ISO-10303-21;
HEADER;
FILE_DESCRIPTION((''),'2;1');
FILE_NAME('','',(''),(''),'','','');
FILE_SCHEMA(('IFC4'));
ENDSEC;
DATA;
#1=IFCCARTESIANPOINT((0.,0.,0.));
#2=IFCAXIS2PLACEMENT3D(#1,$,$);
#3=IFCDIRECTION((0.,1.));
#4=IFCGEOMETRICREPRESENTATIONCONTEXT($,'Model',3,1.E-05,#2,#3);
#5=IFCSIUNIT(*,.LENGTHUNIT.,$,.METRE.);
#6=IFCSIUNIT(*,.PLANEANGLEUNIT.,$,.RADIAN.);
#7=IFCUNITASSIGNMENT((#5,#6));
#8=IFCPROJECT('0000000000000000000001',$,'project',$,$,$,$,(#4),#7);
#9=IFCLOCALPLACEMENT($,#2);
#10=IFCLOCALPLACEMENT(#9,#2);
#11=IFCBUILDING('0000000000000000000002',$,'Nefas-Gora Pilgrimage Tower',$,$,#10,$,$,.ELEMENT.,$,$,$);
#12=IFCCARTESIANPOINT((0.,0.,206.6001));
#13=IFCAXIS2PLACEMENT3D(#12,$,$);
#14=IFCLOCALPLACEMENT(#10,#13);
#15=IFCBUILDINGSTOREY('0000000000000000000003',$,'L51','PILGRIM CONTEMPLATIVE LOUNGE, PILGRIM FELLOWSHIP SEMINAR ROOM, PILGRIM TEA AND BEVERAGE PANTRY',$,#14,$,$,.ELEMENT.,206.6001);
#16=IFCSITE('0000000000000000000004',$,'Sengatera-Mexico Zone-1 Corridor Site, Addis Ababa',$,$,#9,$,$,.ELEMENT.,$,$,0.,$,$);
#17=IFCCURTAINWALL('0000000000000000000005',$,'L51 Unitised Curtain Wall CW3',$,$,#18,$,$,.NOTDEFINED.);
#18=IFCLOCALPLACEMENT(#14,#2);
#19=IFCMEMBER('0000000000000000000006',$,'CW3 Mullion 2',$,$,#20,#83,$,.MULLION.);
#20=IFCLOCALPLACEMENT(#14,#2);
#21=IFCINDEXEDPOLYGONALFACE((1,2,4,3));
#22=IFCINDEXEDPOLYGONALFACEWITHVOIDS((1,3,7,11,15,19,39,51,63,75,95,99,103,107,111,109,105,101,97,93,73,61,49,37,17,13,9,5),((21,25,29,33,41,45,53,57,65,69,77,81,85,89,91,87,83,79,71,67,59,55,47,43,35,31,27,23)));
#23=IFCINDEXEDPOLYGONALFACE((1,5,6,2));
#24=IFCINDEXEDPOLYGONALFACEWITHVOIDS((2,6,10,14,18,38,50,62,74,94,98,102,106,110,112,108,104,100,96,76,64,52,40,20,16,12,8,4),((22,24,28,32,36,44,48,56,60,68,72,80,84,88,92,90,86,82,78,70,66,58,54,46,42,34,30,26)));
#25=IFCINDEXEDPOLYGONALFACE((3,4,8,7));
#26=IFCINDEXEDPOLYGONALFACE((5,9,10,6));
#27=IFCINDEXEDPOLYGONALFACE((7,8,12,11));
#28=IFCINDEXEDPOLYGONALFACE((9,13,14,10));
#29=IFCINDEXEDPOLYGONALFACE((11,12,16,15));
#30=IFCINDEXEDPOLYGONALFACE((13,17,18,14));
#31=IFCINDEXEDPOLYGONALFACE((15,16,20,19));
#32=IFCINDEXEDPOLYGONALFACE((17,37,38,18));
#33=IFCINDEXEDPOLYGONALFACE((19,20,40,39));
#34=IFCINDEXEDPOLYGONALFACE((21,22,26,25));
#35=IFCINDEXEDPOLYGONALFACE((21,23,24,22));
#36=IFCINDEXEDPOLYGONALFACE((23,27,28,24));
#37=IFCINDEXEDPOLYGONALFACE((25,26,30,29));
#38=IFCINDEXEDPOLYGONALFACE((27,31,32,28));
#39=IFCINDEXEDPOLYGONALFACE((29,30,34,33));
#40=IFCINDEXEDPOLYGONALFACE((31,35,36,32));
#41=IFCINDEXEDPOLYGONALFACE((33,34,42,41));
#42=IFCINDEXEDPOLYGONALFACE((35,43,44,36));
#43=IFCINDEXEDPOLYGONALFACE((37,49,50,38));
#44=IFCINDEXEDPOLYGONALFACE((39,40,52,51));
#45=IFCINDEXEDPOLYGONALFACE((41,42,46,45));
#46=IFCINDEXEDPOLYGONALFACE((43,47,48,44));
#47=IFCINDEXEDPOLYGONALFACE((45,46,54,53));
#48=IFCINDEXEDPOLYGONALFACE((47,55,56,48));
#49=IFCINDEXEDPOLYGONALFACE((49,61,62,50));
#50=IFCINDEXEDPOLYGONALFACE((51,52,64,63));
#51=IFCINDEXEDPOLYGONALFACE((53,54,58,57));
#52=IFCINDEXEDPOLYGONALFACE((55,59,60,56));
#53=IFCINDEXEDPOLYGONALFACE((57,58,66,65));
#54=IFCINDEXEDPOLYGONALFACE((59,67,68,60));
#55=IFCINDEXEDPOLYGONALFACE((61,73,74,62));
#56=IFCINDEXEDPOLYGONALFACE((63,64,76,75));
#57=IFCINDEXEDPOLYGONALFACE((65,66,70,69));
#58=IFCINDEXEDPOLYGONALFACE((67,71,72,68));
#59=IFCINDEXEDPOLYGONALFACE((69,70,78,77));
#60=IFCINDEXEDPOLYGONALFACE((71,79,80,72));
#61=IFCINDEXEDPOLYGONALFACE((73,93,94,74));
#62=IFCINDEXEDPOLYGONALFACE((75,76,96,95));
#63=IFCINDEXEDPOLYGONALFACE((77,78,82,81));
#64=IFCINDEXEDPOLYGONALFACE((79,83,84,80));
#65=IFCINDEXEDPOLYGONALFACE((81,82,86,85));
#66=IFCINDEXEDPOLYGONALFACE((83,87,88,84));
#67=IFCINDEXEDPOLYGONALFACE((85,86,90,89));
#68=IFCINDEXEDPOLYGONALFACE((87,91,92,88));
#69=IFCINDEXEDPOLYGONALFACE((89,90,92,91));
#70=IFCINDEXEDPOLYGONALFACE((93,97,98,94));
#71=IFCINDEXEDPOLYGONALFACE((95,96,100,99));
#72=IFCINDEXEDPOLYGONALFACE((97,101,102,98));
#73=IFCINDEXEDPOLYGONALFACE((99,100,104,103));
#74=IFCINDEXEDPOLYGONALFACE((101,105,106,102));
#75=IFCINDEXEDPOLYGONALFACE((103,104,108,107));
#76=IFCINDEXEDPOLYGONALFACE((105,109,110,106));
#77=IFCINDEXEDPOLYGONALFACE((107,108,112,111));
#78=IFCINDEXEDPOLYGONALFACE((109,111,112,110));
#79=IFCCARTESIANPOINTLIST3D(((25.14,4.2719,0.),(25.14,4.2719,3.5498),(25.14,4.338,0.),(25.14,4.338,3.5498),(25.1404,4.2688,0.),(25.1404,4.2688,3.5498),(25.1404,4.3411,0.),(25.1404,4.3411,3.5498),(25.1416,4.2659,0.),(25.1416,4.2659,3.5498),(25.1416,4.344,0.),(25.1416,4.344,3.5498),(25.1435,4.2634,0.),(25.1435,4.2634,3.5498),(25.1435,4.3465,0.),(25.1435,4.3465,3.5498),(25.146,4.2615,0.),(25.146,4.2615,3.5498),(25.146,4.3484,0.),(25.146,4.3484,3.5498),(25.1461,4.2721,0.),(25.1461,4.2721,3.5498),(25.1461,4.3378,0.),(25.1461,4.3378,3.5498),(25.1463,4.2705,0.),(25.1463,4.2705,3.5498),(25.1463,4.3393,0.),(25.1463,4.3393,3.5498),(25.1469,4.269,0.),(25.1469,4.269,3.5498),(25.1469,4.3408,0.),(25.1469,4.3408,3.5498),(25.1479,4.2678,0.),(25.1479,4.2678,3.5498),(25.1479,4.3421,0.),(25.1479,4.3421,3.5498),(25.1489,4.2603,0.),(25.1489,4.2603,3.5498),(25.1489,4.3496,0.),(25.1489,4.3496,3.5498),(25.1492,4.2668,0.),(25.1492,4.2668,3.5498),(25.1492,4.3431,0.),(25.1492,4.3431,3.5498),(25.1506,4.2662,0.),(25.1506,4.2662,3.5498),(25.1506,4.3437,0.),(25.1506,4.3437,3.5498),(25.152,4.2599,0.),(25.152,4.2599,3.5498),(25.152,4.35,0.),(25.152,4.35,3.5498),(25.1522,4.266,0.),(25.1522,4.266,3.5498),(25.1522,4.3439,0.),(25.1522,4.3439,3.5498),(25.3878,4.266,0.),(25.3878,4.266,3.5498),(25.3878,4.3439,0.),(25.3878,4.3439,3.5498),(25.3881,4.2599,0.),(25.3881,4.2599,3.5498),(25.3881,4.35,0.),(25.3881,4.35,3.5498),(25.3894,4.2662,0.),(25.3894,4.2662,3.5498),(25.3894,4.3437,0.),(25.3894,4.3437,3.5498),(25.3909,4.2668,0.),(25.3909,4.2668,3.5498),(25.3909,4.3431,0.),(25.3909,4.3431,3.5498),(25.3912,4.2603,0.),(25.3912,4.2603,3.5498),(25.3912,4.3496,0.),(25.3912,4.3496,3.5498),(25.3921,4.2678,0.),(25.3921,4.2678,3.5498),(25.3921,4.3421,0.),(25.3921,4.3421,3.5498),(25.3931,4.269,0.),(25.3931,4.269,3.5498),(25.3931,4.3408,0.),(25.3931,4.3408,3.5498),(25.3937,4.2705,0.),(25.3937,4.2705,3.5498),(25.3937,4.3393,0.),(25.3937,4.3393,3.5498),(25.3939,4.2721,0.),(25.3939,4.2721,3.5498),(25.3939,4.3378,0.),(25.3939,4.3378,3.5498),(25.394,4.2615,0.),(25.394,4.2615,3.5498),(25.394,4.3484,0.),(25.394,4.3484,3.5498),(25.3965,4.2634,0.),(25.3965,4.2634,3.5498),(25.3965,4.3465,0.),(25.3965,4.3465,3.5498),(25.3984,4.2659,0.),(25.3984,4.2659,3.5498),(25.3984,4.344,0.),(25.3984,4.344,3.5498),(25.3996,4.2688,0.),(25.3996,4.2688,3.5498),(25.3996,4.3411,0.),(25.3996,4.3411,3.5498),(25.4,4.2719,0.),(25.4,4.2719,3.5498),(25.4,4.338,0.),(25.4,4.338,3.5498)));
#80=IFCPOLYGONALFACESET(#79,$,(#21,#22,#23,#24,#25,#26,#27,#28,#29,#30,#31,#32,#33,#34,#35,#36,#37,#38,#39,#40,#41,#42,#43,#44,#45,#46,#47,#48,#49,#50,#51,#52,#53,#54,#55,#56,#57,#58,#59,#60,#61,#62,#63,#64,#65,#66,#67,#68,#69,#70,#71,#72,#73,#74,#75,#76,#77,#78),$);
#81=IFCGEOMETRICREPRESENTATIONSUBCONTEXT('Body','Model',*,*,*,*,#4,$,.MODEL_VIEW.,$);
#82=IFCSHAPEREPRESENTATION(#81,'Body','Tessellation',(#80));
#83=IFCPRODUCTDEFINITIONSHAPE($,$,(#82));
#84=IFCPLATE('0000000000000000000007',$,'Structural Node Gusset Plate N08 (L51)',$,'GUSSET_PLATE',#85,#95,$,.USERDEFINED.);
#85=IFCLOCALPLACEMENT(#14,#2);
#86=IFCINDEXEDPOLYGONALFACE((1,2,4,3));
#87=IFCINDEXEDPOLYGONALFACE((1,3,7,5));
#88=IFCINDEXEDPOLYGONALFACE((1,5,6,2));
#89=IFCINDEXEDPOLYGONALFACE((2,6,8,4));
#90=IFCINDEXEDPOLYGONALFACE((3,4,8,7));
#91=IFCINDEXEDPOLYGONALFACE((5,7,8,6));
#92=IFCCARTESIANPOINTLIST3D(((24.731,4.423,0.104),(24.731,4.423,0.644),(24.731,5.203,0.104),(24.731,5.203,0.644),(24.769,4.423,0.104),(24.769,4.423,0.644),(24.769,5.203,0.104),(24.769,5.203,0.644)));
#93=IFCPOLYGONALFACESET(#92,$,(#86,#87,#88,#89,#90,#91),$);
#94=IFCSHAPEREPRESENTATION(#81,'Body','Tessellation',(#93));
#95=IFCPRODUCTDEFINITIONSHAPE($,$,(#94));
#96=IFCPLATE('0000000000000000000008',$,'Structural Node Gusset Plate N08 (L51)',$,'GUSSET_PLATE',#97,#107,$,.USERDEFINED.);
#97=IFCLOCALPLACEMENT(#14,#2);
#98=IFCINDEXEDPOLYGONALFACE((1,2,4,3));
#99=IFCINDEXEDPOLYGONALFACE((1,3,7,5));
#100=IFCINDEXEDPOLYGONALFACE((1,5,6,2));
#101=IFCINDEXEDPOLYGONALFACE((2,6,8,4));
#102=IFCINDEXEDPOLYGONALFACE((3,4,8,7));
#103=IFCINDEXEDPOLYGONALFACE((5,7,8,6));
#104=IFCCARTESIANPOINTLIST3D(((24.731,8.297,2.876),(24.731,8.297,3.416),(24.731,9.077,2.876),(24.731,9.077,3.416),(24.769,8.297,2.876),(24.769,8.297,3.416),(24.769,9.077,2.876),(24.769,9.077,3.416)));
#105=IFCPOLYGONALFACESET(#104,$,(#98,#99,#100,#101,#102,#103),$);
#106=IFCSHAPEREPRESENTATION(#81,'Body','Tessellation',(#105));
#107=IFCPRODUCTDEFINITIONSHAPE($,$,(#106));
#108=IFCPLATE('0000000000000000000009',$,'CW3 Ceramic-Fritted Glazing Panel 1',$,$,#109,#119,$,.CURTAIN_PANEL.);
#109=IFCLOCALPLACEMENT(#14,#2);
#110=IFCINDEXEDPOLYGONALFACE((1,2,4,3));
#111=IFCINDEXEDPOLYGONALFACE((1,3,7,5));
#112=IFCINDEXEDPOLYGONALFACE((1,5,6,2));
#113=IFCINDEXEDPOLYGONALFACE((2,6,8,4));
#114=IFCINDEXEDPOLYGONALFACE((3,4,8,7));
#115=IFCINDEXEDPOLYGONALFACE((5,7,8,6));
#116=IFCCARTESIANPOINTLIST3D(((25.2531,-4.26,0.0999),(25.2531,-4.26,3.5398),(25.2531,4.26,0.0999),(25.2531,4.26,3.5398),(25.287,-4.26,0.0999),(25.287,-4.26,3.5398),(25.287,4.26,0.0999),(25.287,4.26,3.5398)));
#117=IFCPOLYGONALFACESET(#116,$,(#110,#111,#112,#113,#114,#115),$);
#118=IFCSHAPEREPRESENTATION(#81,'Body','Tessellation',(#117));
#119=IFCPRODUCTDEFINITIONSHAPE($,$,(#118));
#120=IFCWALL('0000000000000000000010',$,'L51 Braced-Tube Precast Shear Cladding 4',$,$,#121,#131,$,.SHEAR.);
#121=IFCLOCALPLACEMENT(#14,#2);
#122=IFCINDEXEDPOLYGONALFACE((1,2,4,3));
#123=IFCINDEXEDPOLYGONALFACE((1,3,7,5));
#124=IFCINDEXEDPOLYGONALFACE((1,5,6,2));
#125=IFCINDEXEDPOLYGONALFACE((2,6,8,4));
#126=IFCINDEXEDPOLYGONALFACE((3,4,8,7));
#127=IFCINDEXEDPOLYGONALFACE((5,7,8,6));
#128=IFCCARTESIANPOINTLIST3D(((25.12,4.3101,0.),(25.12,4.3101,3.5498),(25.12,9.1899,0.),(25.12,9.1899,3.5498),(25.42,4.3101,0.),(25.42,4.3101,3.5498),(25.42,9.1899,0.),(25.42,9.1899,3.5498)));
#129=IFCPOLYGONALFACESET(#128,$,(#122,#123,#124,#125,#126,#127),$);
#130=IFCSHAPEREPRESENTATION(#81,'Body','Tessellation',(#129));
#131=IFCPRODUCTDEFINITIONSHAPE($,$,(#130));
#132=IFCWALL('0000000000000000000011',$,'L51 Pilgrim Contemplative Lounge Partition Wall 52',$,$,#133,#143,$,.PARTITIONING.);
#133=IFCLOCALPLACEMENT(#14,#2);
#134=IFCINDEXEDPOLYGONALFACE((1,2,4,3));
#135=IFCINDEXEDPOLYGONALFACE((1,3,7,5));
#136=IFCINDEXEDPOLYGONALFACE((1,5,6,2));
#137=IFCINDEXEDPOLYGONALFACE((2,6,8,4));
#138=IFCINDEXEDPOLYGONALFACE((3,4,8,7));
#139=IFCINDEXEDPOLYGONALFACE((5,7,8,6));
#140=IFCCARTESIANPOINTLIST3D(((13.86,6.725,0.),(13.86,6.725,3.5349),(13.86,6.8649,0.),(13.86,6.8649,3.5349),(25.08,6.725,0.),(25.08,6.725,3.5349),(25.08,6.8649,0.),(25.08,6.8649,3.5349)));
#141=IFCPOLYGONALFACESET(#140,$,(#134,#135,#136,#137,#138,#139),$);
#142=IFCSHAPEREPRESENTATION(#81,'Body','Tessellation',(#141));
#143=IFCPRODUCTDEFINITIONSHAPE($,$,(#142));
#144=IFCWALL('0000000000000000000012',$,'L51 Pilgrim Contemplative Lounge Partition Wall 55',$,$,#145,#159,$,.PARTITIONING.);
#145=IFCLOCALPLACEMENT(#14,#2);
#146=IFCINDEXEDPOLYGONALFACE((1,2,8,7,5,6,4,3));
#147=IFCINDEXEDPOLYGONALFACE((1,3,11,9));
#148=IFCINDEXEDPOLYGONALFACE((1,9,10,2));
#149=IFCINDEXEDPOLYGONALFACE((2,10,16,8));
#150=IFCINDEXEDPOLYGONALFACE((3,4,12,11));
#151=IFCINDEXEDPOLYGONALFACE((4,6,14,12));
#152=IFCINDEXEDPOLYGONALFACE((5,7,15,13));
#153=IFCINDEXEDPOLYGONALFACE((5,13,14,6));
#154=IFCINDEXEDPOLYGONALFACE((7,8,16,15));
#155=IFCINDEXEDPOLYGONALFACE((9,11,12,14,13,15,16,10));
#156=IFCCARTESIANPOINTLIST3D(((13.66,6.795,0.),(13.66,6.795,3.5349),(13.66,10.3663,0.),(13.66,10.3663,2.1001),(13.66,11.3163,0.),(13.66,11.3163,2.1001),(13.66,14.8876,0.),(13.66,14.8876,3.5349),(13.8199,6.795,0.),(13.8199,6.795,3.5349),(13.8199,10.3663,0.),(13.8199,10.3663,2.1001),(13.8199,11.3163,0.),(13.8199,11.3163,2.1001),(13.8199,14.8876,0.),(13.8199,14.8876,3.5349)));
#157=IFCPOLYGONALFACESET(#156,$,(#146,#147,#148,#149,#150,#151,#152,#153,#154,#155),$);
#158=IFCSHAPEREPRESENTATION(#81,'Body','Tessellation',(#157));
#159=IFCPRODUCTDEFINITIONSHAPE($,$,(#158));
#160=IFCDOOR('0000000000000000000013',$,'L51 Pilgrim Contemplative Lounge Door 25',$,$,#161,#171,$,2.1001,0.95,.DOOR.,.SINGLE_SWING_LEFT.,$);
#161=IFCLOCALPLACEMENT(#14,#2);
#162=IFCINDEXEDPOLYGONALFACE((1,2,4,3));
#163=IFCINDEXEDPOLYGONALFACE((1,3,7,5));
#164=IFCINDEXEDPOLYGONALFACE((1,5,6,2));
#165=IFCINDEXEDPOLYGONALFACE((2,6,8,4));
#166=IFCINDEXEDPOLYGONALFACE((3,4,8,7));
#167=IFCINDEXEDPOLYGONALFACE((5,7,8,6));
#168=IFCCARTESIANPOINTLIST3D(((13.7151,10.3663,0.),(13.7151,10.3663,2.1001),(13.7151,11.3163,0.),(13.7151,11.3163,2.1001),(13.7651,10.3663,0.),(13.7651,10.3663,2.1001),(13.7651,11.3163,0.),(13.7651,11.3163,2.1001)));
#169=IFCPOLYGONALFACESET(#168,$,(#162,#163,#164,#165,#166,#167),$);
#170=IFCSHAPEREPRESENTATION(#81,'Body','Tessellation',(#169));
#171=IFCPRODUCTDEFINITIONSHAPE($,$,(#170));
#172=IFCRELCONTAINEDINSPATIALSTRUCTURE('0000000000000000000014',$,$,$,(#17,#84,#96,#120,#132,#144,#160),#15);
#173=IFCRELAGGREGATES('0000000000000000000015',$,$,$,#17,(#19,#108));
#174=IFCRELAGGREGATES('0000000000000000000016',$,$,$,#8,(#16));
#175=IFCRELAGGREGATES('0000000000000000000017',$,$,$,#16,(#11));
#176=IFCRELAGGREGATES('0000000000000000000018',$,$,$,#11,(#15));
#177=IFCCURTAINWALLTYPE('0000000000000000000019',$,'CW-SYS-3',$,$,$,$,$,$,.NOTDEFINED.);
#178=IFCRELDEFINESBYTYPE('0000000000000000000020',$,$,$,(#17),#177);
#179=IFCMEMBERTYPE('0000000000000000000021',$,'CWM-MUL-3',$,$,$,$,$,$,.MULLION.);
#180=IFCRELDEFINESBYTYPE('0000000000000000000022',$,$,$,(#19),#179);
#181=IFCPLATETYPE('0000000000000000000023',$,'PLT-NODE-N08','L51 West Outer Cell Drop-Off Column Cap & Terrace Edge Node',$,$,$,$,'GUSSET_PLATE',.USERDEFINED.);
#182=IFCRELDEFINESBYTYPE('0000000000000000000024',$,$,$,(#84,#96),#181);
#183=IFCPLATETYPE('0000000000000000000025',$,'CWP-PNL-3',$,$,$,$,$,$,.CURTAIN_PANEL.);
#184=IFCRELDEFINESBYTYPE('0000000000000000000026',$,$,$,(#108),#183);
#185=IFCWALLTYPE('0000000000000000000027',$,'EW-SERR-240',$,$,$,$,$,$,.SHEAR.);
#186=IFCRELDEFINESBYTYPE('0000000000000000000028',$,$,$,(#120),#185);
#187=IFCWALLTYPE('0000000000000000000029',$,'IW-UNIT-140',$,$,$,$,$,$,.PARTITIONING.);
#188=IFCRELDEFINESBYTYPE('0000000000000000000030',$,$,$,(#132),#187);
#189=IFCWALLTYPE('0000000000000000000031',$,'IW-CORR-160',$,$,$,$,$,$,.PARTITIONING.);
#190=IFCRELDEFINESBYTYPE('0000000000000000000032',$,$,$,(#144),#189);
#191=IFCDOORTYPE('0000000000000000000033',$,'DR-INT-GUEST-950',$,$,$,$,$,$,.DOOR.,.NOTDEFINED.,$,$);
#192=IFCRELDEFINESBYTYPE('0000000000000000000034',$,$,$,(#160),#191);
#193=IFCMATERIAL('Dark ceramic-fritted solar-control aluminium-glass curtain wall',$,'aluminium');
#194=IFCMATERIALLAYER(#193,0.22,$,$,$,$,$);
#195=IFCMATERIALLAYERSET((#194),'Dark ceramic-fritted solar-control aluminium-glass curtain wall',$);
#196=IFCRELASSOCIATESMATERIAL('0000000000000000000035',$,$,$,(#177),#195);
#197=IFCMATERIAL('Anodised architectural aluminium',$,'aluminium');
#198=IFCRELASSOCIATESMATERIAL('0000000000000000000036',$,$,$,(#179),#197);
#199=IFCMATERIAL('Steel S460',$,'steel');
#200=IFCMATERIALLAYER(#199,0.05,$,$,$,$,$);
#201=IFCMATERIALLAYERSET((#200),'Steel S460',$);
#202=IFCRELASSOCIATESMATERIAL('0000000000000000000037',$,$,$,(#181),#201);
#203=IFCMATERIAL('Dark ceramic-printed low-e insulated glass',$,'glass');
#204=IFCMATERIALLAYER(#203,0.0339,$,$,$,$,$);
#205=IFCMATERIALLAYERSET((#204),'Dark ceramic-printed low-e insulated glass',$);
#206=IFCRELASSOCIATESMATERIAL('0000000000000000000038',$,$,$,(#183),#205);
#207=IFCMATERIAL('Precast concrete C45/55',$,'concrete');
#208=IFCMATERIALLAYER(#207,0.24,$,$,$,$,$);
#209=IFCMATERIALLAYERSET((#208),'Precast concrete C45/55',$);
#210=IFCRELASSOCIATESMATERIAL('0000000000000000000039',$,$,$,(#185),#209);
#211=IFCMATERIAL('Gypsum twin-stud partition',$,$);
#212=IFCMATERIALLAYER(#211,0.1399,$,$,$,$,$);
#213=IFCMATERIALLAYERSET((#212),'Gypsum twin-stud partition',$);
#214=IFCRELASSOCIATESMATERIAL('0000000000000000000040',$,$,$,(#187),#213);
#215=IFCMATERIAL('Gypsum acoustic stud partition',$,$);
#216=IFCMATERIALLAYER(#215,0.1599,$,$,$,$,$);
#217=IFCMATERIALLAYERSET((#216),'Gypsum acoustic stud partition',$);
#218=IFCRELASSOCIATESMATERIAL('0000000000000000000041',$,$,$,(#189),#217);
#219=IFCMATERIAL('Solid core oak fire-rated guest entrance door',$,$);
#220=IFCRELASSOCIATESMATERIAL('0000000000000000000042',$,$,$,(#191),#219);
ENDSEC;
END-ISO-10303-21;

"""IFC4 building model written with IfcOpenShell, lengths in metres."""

from ifc_helpers import new_model, si_unit, direction, frame, frame_2d, origin, origin_2d, place, context, subcontext, project, spatial, rectangle, hollow_rectangle, extrude, source, transform, mapped, material, layer, layer_set, material_profile, profile_set, type_object, element, fill, aggregate, save


model = new_model("IFC4")

# Units and contexts
model_context = context("Model", 3, precision=1e-05, world=origin(), true_north=direction((0.0, 1.0)))
body_context = subcontext(model_context, "Body", "Model", "MODEL_VIEW")
ifc_project = project(units=[si_unit("LENGTHUNIT", "METRE"), si_unit("PLANEANGLEUNIT", "RADIAN")], contexts=[model_context])

# Site, building, storey
site_placement = place(None, origin())
site = spatial("IfcSite", under=ifc_project, at=site_placement, Name="Sengatera-Mexico Zone-1 Corridor Site, Addis Ababa", CompositionType="ELEMENT", RefElevation=0.0)
building_placement = place(site_placement, origin())
building = spatial("IfcBuilding", under=site, at=building_placement, Name="Nefas-Gora Pilgrimage Tower", CompositionType="ELEMENT")
storey_placement = place(building_placement, frame((0.0, 0.0, 206.6001)))
storey = spatial("IfcBuildingStorey", under=building, at=storey_placement, Name="L51", Description="PILGRIM CONTEMPLATIVE LOUNGE, PILGRIM FELLOWSHIP SEMINAR ROOM, PILGRIM TEA AND BEVERAGE PANTRY", CompositionType="ELEMENT", Elevation=206.6001)

# Shared definitions
ifc_material_1 = material(Name="Steel S460", Category="steel")

# Curtain wall, member
ifc_material_2 = material(Name="Dark ceramic-fritted solar-control aluminium-glass curtain wall", Category="aluminium")
ifc_layer_1 = layer(ifc_material_2, 0.22)
ifc_layer_set_1 = layer_set([ifc_layer_1], Name="Dark ceramic-fritted solar-control aluminium-glass curtain wall")
curtain_wall_type = type_object("IfcCurtainWallType", Name="CW-SYS-3", PredefinedType="NOTDEFINED", material=ifc_layer_set_1)
curtain_wall_placement = place(storey_placement, origin())
curtain_wall = element("IfcCurtainWall", 1, at=curtain_wall_placement, inside=storey, type_object=curtain_wall_type, Name="L51 Unitised Curtain Wall CW3", PredefinedType="NOTDEFINED")
ifc_material_3 = material(Name="Anodised architectural aluminium", Category="aluminium")
ifc_material_profile_1 = material_profile(ifc_material_3, hollow_rectangle(XDim=0.0901, YDim=0.26, WallThickness=0.0061, InnerFilletRadius=0.0061, OuterFilletRadius=0.012, at=origin_2d()), Name="ALU MULLION 90x260")
ifc_profile_set_1 = profile_set([ifc_material_profile_1], Name="Anodised architectural aluminium")
member_type_1 = type_object("IfcMemberType", Name="CWM-MUL-3", PredefinedType="MULLION", material=ifc_profile_set_1)
shared_shape_1 = source(origin(), body_context, "Body", "SweptSolid", [
    extrude(hollow_rectangle(XDim=0.0901, YDim=0.26, WallThickness=0.0061, InnerFilletRadius=0.0061, OuterFilletRadius=0.012, at=origin_2d()), origin(), (0.0, 0.0, 1.0), 3.5498),
])
member_1_placement = place(storey_placement, frame((25.27, 4.3049, 0.0), z_axis=(0.0, 0.0, 1.0), x_axis=(0.0, 1.0, 0.0)))
member_1 = element("IfcMember", 2, at=member_1_placement, type_object=member_type_1, Name="CW3 Mullion 2", PredefinedType="MULLION", context=body_context, shape_type="MappedRepresentation", body=[
    mapped(shared_shape_1, transform((0.0, 0.0, 0.0), x_axis=(1.0, 0.0, 0.0), y_axis=(0.0, 1.0, 0.0), z_axis=(0.0, 0.0, 1.0), scale=1.0)),
])

# Plates
ifc_layer_2 = layer(ifc_material_1, 0.05)
ifc_layer_set_2 = layer_set([ifc_layer_2], Name="Steel S460")
plate_type_1 = type_object("IfcPlateType", Name="PLT-NODE-N08", Description="L51 West Outer Cell Drop-Off Column Cap & Terrace Edge Node", ElementType="GUSSET_PLATE", PredefinedType="USERDEFINED", material=ifc_layer_set_2)
shared_shape_2 = source(origin(), body_context, "Body", "SweptSolid", [
    extrude(rectangle(XDim=0.78, YDim=0.0381, at=origin_2d()), origin(), (0.0, 0.0, 1.0), 0.54),
])
for number, where, z_axis, x_axis, name in (
    (3, (24.75, 4.813, 0.104), (0.0, 0.0, 1.0), (0.0, 1.0, 0.0), "Structural Node Gusset Plate N08 (L51)"),
    (4, (24.75, 8.687, 2.876), (0.0, 0.0, 1.0), (0.0, 1.0, 0.0), "Structural Node Gusset Plate N08 (L51)"),
):
    element("IfcPlate", number, at=place(storey_placement, frame(where, z_axis=z_axis, x_axis=x_axis)), inside=storey, type_object=plate_type_1, Name=name, ObjectType="GUSSET_PLATE", PredefinedType="USERDEFINED", context=body_context, shape_type="MappedRepresentation", body=[
        mapped(shared_shape_2, transform((0.0, 0.0, 0.0), x_axis=(1.0, 0.0, 0.0), y_axis=(0.0, 1.0, 0.0), z_axis=(0.0, 0.0, 1.0), scale=1.0)),
    ])

# Plate
ifc_material_4 = material(Name="Dark ceramic-printed low-e insulated glass", Category="glass")
ifc_layer_3 = layer(ifc_material_4, 0.0339)
ifc_layer_set_3 = layer_set([ifc_layer_3], Name="Dark ceramic-printed low-e insulated glass")
plate_type_2 = type_object("IfcPlateType", Name="CWP-PNL-3", PredefinedType="CURTAIN_PANEL", material=ifc_layer_set_3)
shared_shape_3 = source(origin(), body_context, "Body", "SweptSolid", [
    extrude(rectangle(XDim=8.52, YDim=0.0339, at=origin_2d()), origin(), (0.0, 0.0, 1.0), 3.4399),
])
plate_placement = place(storey_placement, frame((25.27, 0.0, 0.0999), z_axis=(0.0, 0.0, 1.0), x_axis=(0.0, 1.0, 0.0)))
plate = element("IfcPlate", 5, at=plate_placement, type_object=plate_type_2, Name="CW3 Ceramic-Fritted Glazing Panel 1", PredefinedType="CURTAIN_PANEL", context=body_context, shape_type="MappedRepresentation", body=[
    mapped(shared_shape_3, transform((0.0, 0.0, 0.0), x_axis=(1.0, 0.0, 0.0), y_axis=(0.0, 1.0, 0.0), z_axis=(0.0, 0.0, 1.0), scale=1.0)),
])
aggregate(curtain_wall, [member_1, plate])

# Walls
ifc_material_5 = material(Name="Precast concrete C45/55", Category="concrete")
ifc_layer_4 = layer(ifc_material_5, 0.24)
ifc_layer_set_4 = layer_set([ifc_layer_4], Name="Precast concrete C45/55")
wall_type_1 = type_object("IfcWallType", Name="EW-SERR-240", PredefinedType="SHEAR", material=ifc_layer_set_4)
shared_shape_4 = source(origin(), body_context, "Body", "SweptSolid", [
    extrude(rectangle(XDim=4.8799, YDim=0.3, at=frame_2d((2.4399, 0.0))), origin(), (0.0, 0.0, 1.0), 3.5498),
])
wall_1_placement = place(storey_placement, frame((25.27, 4.3101, 0.0), z_axis=(0.0, 0.0, 1.0), x_axis=(0.0, 1.0, 0.0)))
element("IfcWall", 6, at=wall_1_placement, inside=storey, type_object=wall_type_1, Name="L51 Braced-Tube Precast Shear Cladding 4", PredefinedType="SHEAR", context=body_context, shape_type="MappedRepresentation", body=[
    mapped(shared_shape_4, transform((0.0, 0.0, 0.0), x_axis=(1.0, 0.0, 0.0), y_axis=(0.0, 1.0, 0.0), z_axis=(0.0, 0.0, 1.0), scale=1.0)),
])
ifc_material_6 = material(Name="Gypsum twin-stud partition")
ifc_layer_5 = layer(ifc_material_6, 0.1399)
ifc_layer_set_5 = layer_set([ifc_layer_5], Name="Gypsum twin-stud partition")
wall_type_2 = type_object("IfcWallType", Name="IW-UNIT-140", PredefinedType="PARTITIONING", material=ifc_layer_set_5)
shared_shape_5 = source(origin(), body_context, "Body", "SweptSolid", [
    extrude(rectangle(XDim=11.22, YDim=0.1399, at=frame_2d((5.6099, 0.0))), origin(), (0.0, 0.0, 1.0), 3.5349),
])
wall_2_placement = place(storey_placement, frame((13.8601, 6.7949, 0.0), z_axis=(0.0, 0.0, 1.0), x_axis=(1.0, 0.0, 0.0)))
element("IfcWall", 7, at=wall_2_placement, inside=storey, type_object=wall_type_2, Name="L51 Pilgrim Contemplative Lounge Partition Wall 52", PredefinedType="PARTITIONING", context=body_context, shape_type="MappedRepresentation", body=[
    mapped(shared_shape_5, transform((0.0, 0.0, 0.0), x_axis=(1.0, 0.0, 0.0), y_axis=(0.0, 1.0, 0.0), z_axis=(0.0, 0.0, 1.0), scale=1.0)),
])

# Wall, opening, door
ifc_material_7 = material(Name="Gypsum acoustic stud partition")
ifc_layer_6 = layer(ifc_material_7, 0.1599)
ifc_layer_set_6 = layer_set([ifc_layer_6], Name="Gypsum acoustic stud partition")
wall_type_3 = type_object("IfcWallType", Name="IW-CORR-160", PredefinedType="PARTITIONING", material=ifc_layer_set_6)
shared_shape_6 = source(origin(), body_context, "Body", "SweptSolid", [
    extrude(rectangle(XDim=8.0925, YDim=0.1599, at=frame_2d((4.0464, 0.0))), origin(), (0.0, 0.0, 1.0), 3.5349),
])
wall_3_placement = place(storey_placement, frame((13.74, 6.7949, 0.0), z_axis=(0.0, 0.0, 1.0), x_axis=(0.0, 1.0, 0.0)))
wall_3 = element("IfcWall", 8, at=wall_3_placement, inside=storey, type_object=wall_type_3, Name="L51 Pilgrim Contemplative Lounge Partition Wall 55", PredefinedType="PARTITIONING", context=body_context, shape_type="MappedRepresentation", body=[
    mapped(shared_shape_6, transform((0.0, 0.0, 0.0), x_axis=(1.0, 0.0, 0.0), y_axis=(0.0, 1.0, 0.0), z_axis=(0.0, 0.0, 1.0), scale=1.0)),
])
opening_placement = place(wall_3_placement, frame((3.5713, 0.0, 0.0)))
opening = element("IfcOpeningElement", 9, at=opening_placement, cuts=wall_3, PredefinedType="OPENING", context=body_context, shape_type="SweptSolid", body=[
    extrude(rectangle(XDim=0.95, YDim=2.1001, at=frame_2d((0.4751, 1.05))), frame((0.0, 0.0898, 0.0), z_axis=(0.0, -1.0, 0.0), x_axis=(1.0, 0.0, 0.0)), (0.0, 0.0, 1.0), 0.1799),
])
ifc_material_8 = material(Name="Solid core oak fire-rated guest entrance door")
door_type = type_object("IfcDoorType", Name="DR-INT-GUEST-950", OperationType="NOTDEFINED", PredefinedType="DOOR", material=ifc_material_8)
shared_shape_7 = source(origin(), body_context, "Body", "SweptSolid", [
    extrude(rectangle(XDim=0.95, YDim=2.1001, at=frame_2d((0.4751, 1.05))), frame((0.0, 0.0249, 0.0), z_axis=(0.0, -1.0, 0.0), x_axis=(1.0, 0.0, 0.0)), (0.0, 0.0, 1.0), 0.05),
])
door_placement = place(opening_placement, origin())
door = element("IfcDoor", 10, at=door_placement, inside=storey, type_object=door_type, Name="L51 Pilgrim Contemplative Lounge Door 25", OperationType="SINGLE_SWING_LEFT", OverallHeight=2.1001, OverallWidth=0.95, PredefinedType="DOOR", context=body_context, shape_type="MappedRepresentation", body=[
    mapped(shared_shape_7, transform((0.0, 0.0, 0.0), x_axis=(1.0, 0.0, 0.0), y_axis=(0.0, 1.0, 0.0), z_axis=(0.0, 0.0, 1.0), scale=1.0)),
])
fill(opening, door)

save(model, "model.ifc")
